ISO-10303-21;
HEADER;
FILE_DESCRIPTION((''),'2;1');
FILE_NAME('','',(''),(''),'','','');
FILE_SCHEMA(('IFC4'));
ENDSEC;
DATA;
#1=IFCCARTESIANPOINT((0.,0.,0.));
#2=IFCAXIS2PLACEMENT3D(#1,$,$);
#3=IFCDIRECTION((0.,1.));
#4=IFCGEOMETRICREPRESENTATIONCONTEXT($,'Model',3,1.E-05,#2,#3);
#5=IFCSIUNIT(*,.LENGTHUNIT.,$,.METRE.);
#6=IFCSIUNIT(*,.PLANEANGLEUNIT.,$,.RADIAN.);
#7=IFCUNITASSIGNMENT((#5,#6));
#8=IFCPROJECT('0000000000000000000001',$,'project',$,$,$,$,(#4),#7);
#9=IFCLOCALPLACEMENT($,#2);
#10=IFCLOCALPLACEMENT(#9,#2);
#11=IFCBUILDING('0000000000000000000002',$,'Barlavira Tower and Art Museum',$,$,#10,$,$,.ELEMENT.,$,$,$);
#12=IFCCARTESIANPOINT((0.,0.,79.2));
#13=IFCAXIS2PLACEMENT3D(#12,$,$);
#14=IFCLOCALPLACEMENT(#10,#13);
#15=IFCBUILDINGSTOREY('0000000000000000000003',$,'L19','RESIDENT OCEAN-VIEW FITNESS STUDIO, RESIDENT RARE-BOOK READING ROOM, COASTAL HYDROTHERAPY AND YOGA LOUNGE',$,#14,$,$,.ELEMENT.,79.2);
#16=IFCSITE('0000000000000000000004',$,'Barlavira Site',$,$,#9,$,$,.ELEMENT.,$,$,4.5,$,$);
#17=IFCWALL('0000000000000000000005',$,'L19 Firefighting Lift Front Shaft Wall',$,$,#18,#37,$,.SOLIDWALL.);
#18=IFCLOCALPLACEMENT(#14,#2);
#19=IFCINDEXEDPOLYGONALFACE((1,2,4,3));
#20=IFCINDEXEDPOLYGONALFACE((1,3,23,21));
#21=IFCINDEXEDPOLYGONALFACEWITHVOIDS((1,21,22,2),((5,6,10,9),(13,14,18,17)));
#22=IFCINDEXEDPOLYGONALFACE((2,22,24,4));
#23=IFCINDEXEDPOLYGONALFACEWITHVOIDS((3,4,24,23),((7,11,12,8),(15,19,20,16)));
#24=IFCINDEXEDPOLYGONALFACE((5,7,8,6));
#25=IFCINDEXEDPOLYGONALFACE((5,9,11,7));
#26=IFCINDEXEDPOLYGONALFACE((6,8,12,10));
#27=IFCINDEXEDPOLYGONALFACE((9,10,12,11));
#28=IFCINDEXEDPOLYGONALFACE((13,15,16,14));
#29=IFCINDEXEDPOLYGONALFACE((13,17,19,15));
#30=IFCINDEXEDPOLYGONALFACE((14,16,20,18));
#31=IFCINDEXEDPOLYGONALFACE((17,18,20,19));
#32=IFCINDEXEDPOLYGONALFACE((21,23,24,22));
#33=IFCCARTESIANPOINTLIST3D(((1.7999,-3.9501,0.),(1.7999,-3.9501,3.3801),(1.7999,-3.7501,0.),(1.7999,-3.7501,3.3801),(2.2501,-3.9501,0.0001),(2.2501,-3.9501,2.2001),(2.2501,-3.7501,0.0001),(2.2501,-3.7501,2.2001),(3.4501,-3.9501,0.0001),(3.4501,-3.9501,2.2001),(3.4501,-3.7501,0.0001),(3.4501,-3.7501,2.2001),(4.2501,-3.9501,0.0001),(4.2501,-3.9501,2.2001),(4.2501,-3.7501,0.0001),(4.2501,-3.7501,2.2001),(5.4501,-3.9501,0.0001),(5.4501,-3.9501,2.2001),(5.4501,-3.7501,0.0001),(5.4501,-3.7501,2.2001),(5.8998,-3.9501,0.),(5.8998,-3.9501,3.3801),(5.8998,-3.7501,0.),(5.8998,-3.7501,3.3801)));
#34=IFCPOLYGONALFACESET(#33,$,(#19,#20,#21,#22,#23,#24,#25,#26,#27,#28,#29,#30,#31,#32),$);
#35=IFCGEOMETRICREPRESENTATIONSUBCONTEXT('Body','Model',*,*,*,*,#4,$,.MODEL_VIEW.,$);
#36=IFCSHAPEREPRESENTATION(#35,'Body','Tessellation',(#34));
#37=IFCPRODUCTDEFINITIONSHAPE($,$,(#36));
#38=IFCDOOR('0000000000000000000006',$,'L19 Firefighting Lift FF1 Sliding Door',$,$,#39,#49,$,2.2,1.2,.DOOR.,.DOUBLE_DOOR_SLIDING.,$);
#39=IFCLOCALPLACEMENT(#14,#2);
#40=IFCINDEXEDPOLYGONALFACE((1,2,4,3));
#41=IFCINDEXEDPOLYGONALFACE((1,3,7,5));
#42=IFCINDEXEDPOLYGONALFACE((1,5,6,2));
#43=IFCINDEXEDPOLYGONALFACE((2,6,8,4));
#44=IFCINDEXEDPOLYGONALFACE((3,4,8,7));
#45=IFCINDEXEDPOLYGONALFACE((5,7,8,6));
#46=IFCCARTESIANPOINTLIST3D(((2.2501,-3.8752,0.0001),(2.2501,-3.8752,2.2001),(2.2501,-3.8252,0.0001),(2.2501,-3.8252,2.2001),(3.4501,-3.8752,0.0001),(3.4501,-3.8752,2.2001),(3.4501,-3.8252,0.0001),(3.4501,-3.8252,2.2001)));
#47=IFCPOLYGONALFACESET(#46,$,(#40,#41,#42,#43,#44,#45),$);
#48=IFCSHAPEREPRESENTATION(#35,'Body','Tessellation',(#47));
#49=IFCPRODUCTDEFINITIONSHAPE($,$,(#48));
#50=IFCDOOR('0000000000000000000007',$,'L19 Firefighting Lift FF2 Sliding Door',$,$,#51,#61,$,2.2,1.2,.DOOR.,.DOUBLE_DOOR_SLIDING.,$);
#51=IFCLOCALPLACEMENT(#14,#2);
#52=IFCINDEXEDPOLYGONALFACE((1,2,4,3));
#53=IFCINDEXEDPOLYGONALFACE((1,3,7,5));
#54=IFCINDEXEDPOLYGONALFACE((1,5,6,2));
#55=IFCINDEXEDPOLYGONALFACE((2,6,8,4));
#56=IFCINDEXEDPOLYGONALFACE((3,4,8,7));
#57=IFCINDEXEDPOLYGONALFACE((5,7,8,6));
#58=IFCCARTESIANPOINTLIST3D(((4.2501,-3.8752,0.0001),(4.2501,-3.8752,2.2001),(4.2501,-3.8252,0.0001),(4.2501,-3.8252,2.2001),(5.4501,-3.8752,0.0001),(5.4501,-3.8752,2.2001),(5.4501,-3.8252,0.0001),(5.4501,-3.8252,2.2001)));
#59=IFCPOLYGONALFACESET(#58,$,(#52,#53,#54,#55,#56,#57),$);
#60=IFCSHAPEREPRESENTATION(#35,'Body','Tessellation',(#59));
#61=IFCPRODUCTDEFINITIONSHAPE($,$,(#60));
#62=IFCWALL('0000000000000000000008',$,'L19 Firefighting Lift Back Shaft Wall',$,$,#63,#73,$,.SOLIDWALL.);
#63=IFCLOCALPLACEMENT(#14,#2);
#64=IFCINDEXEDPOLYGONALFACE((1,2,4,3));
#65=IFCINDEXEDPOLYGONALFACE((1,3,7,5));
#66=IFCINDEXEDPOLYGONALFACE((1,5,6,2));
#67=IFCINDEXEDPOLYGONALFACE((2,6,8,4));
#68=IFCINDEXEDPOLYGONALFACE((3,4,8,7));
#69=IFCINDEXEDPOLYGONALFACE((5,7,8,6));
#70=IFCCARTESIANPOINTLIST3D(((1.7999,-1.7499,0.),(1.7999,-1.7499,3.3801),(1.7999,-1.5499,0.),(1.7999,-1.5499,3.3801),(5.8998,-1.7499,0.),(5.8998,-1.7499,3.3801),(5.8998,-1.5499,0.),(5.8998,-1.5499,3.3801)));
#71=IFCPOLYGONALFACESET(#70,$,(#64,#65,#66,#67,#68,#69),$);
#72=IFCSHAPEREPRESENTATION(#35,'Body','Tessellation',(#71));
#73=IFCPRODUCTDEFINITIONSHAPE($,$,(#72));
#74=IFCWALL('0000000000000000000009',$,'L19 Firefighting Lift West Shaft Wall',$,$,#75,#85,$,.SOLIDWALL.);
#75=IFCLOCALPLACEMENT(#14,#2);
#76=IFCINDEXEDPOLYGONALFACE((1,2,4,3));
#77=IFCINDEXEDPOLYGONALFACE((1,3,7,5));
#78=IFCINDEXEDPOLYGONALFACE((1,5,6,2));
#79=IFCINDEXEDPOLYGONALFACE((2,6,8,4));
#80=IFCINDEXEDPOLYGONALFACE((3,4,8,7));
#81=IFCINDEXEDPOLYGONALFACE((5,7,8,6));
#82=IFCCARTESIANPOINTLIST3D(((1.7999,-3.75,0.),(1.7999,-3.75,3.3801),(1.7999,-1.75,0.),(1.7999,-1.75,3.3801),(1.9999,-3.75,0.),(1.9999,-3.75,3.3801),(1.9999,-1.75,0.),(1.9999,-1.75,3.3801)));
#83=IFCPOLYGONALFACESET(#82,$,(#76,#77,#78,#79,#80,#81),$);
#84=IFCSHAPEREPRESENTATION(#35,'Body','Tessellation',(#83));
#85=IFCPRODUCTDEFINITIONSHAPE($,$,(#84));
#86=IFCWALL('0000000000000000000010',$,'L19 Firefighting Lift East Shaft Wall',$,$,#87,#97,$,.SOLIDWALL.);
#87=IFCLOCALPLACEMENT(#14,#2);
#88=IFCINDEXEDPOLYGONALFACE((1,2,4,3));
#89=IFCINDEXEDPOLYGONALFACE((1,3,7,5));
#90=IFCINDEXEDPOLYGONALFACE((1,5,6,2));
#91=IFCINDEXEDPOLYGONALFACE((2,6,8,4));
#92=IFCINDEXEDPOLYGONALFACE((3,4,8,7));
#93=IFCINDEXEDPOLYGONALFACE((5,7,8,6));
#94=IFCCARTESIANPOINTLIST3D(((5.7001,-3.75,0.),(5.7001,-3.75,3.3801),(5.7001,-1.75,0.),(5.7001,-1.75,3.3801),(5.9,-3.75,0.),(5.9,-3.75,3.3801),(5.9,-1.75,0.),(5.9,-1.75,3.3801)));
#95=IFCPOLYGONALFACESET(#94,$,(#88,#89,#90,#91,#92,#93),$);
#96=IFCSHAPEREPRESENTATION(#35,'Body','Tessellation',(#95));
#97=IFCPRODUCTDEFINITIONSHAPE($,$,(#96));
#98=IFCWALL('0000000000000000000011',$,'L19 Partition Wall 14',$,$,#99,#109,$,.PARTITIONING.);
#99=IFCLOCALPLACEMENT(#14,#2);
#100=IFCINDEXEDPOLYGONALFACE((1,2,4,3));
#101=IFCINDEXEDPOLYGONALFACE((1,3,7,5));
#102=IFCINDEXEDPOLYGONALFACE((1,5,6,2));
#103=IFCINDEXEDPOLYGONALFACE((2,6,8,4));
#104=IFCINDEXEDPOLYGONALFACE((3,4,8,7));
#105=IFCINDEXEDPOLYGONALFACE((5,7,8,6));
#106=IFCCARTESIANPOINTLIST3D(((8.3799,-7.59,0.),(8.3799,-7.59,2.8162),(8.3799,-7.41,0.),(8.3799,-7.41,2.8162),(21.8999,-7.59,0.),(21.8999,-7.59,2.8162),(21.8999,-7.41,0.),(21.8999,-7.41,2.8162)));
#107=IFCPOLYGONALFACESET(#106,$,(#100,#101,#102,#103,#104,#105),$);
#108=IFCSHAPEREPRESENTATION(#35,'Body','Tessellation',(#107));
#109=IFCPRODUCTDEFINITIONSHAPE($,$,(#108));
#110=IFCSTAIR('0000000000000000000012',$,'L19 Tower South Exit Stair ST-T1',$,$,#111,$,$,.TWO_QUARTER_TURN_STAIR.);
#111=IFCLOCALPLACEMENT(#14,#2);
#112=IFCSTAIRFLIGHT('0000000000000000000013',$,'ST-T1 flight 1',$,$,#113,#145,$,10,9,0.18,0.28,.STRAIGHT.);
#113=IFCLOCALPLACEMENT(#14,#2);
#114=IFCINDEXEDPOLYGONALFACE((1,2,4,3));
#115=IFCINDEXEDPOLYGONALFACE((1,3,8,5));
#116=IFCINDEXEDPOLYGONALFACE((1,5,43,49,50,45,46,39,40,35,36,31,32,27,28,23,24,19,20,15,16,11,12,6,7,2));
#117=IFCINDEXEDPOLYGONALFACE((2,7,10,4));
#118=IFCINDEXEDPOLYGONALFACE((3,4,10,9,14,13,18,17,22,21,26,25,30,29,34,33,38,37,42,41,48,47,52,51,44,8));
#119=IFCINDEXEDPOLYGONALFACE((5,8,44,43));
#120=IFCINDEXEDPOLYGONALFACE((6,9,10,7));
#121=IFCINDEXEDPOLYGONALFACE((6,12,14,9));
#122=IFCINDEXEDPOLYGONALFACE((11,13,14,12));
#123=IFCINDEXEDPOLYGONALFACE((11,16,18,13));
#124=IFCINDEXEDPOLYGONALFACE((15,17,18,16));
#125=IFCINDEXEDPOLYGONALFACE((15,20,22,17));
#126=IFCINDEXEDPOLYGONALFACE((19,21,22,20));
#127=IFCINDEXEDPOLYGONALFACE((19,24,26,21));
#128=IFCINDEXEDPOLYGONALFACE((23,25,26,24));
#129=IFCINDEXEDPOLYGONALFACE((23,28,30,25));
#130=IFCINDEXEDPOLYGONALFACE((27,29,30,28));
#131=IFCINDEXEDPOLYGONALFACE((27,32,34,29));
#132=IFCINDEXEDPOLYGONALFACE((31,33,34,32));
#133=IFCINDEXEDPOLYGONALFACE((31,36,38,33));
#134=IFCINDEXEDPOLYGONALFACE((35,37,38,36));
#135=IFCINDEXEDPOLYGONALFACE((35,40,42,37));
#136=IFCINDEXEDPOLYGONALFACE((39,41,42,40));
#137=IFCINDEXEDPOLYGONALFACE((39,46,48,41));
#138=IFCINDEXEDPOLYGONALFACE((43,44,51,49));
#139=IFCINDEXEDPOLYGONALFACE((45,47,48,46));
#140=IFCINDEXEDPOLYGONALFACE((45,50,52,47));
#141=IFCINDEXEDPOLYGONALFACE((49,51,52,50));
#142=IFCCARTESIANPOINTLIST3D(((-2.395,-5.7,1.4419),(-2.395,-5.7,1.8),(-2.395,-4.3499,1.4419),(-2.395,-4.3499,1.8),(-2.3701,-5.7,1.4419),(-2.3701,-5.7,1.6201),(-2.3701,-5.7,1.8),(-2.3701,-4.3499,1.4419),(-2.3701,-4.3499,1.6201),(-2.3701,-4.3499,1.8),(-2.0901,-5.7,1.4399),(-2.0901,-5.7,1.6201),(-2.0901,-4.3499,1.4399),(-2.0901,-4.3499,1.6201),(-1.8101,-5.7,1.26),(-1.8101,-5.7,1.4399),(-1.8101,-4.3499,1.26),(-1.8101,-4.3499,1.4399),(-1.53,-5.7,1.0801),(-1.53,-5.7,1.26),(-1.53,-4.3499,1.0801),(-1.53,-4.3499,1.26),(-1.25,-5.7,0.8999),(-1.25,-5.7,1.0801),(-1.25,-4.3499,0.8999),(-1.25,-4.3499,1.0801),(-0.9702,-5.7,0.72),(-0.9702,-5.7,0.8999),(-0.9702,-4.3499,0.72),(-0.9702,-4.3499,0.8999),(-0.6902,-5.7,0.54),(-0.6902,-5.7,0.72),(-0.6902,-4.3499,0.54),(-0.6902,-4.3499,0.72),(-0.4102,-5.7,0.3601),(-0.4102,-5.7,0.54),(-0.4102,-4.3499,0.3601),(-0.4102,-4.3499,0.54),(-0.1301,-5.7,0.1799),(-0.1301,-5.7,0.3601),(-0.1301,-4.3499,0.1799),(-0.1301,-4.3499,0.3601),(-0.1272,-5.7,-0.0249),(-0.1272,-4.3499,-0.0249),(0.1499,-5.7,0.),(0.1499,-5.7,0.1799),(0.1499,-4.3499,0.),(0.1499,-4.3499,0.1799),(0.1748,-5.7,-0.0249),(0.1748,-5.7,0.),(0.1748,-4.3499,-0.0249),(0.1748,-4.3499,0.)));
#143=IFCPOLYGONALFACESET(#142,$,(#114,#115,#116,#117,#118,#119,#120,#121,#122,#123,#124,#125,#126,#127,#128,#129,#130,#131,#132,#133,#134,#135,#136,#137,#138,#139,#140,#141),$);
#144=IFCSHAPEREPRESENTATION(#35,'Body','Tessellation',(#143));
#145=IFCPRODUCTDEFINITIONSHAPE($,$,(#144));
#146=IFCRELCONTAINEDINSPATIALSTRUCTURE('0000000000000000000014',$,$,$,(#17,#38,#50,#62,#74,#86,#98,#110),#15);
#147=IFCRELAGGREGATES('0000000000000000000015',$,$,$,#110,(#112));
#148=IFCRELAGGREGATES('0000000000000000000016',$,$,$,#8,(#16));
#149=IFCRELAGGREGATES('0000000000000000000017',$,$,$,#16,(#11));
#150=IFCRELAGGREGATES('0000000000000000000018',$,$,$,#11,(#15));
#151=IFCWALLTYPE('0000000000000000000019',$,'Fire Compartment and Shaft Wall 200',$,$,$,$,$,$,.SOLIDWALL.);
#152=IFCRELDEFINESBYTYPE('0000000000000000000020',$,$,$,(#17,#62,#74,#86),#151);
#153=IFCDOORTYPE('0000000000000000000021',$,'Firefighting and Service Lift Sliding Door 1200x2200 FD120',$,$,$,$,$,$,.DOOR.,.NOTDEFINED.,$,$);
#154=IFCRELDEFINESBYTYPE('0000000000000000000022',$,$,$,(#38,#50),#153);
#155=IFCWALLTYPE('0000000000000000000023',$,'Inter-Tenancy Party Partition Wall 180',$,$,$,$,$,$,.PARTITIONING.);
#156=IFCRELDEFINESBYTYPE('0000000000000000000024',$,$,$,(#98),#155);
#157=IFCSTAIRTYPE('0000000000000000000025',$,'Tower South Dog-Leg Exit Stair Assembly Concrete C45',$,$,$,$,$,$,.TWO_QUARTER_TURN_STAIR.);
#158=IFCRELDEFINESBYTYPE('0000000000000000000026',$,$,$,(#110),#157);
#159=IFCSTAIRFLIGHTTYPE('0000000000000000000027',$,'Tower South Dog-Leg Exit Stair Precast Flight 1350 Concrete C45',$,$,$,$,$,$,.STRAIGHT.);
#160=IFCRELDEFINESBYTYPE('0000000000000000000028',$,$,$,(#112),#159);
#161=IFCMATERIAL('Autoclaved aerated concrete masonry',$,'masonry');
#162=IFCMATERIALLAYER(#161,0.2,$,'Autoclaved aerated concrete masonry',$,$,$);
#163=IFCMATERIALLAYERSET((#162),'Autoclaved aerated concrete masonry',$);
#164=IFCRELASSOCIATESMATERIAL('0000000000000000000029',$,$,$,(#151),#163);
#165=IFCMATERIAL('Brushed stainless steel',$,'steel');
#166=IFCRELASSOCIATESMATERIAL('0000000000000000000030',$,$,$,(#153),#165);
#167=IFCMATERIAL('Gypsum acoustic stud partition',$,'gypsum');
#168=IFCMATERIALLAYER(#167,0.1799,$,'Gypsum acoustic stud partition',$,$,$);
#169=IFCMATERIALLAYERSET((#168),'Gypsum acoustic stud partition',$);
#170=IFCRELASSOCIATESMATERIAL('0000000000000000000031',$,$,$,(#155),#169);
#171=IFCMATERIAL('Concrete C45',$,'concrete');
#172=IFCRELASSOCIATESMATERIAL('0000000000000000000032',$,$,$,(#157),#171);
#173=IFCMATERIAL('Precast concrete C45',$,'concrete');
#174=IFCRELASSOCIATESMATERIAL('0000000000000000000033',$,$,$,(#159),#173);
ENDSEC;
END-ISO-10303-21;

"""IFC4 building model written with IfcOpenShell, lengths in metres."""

from ifc_helpers import new_model, si_unit, direction, frame, frame_2d, origin, place, context, subcontext, project, spatial, polyline, rectangle, outline, extrude, material, layer, layer_set, type_object, element, fill, aggregate, save


model = new_model("IFC4")

# Units and contexts
model_context = context("Model", 3, precision=1e-05, world=origin(), true_north=direction((0.0, 1.0)))
body_context = subcontext(model_context, "Body", "Model", "MODEL_VIEW")
ifc_project = project(units=[si_unit("LENGTHUNIT", "METRE"), si_unit("PLANEANGLEUNIT", "RADIAN")], contexts=[model_context])

# Site, building, storey
site_placement = place(None, origin())
site = spatial("IfcSite", under=ifc_project, at=site_placement, Name="Barlavira Site", CompositionType="ELEMENT", RefElevation=4.5)
building_placement = place(site_placement, origin())
building = spatial("IfcBuilding", under=site, at=building_placement, Name="Barlavira Tower and Art Museum", CompositionType="ELEMENT")
storey_placement = place(building_placement, frame((0.0, 0.0, 79.2)))
storey = spatial("IfcBuildingStorey", under=building, at=storey_placement, Name="L19", Description="RESIDENT OCEAN-VIEW FITNESS STUDIO, RESIDENT RARE-BOOK READING ROOM, COASTAL HYDROTHERAPY AND YOGA LOUNGE", CompositionType="ELEMENT", Elevation=79.2)

# Shared definitions
ifc_material_1 = material(Name="Brushed stainless steel", Category="steel")

# Shared definitions
ifc_material_2 = material(Name="Autoclaved aerated concrete masonry", Category="masonry")
ifc_layer_1 = layer(ifc_material_2, 0.2, Name="Autoclaved aerated concrete masonry")
ifc_layer_set_1 = layer_set([ifc_layer_1], Name="Autoclaved aerated concrete masonry")
wall_type_1 = type_object("IfcWallType", Name="Fire Compartment and Shaft Wall 200", PredefinedType="SOLIDWALL", material=ifc_layer_set_1)

# Wall, openings, doors
wall_1_placement = place(storey_placement, frame((1.8, -3.8501, 0.0), z_axis=(0.0, 0.0, 1.0), x_axis=(1.0, 0.0, 0.0)))
wall_1 = element("IfcWall", 1, at=wall_1_placement, inside=storey, type_object=wall_type_1, Name="L19 Firefighting Lift Front Shaft Wall", PredefinedType="SOLIDWALL", context=body_context, shape_type="SweptSolid", body=[
    extrude(rectangle(XDim=4.0999, YDim=0.2, at=frame_2d((2.0498, 0.0))), origin(), (0.0, 0.0, 1.0), 3.3801),
])
opening_1_placement = place(wall_1_placement, frame((0.45, 0.0, 0.0)))
opening_1 = element("IfcOpeningElement", 2, at=opening_1_placement, cuts=wall_1, PredefinedType="OPENING", context=body_context, shape_type="SweptSolid", body=[
    extrude(rectangle(XDim=1.2, YDim=2.2, at=frame_2d((0.6001, 1.1001))), frame((0.0, 0.1099, 0.0), z_axis=(0.0, -1.0, 0.0), x_axis=(1.0, 0.0, 0.0)), (0.0, 0.0, 1.0), 0.22),
])
opening_2_placement = place(wall_1_placement, frame((2.45, 0.0, 0.0)))
opening_2 = element("IfcOpeningElement", 3, at=opening_2_placement, cuts=wall_1, PredefinedType="OPENING", context=body_context, shape_type="SweptSolid", body=[
    extrude(rectangle(XDim=1.2, YDim=2.2, at=frame_2d((0.6001, 1.1001))), frame((0.0, 0.1099, 0.0), z_axis=(0.0, -1.0, 0.0), x_axis=(1.0, 0.0, 0.0)), (0.0, 0.0, 1.0), 0.22),
])
door_type_1 = type_object("IfcDoorType", Name="Firefighting and Service Lift Sliding Door 1200x2200 FD120", OperationType="NOTDEFINED", PredefinedType="DOOR", material=ifc_material_1)
door_1_placement = place(opening_1_placement, origin())
door_1 = element("IfcDoor", 4, at=door_1_placement, inside=storey, type_object=door_type_1, Name="L19 Firefighting Lift FF1 Sliding Door", OperationType="DOUBLE_DOOR_SLIDING", OverallHeight=2.2, OverallWidth=1.2, PredefinedType="DOOR", context=body_context, shape_type="SweptSolid", body=[
    extrude(rectangle(XDim=1.2, YDim=2.2, at=frame_2d((0.6001, 1.1001))), frame((0.0, 0.0249, 0.0), z_axis=(0.0, -1.0, 0.0), x_axis=(1.0, 0.0, 0.0)), (0.0, 0.0, 1.0), 0.05),
])
fill(opening_1, door_1)
door_2_placement = place(opening_2_placement, origin())
door_2 = element("IfcDoor", 5, at=door_2_placement, inside=storey, type_object=door_type_1, Name="L19 Firefighting Lift FF2 Sliding Door", OperationType="DOUBLE_DOOR_SLIDING", OverallHeight=2.2, OverallWidth=1.2, PredefinedType="DOOR", context=body_context, shape_type="SweptSolid", body=[
    extrude(rectangle(XDim=1.2, YDim=2.2, at=frame_2d((0.6001, 1.1001))), frame((0.0, 0.0249, 0.0), z_axis=(0.0, -1.0, 0.0), x_axis=(1.0, 0.0, 0.0)), (0.0, 0.0, 1.0), 0.05),
])
fill(opening_2, door_2)

# Walls
wall_2_placement = place(storey_placement, frame((1.8, -1.6499, 0.0), z_axis=(0.0, 0.0, 1.0), x_axis=(1.0, 0.0, 0.0)))
element("IfcWall", 6, at=wall_2_placement, inside=storey, type_object=wall_type_1, Name="L19 Firefighting Lift Back Shaft Wall", PredefinedType="SOLIDWALL", context=body_context, shape_type="SweptSolid", body=[
    extrude(rectangle(XDim=4.0999, YDim=0.2, at=frame_2d((2.0498, 0.0))), origin(), (0.0, 0.0, 1.0), 3.3801),
])
for number, where, z_axis, x_axis, name in (
    (7, (1.8999, -3.75, 0.0), (0.0, 0.0, 1.0), (0.0, 1.0, 0.0), "L19 Firefighting Lift West Shaft Wall"),
    (8, (5.8, -3.75, 0.0), (0.0, 0.0, 1.0), (0.0, 1.0, 0.0), "L19 Firefighting Lift East Shaft Wall"),
):
    element("IfcWall", number, at=place(storey_placement, frame(where, z_axis=z_axis, x_axis=x_axis)), inside=storey, type_object=wall_type_1, Name=name, PredefinedType="SOLIDWALL", context=body_context, shape_type="SweptSolid", body=[
        extrude(rectangle(XDim=2.0, YDim=0.2, at=frame_2d((1.0, 0.0))), origin(), (0.0, 0.0, 1.0), 3.3801),
    ])

# Shared definitions
ifc_material_3 = material(Name="Gypsum acoustic stud partition", Category="gypsum")
ifc_layer_2 = layer(ifc_material_3, 0.1799, Name="Gypsum acoustic stud partition")
ifc_layer_set_2 = layer_set([ifc_layer_2], Name="Gypsum acoustic stud partition")
wall_type_2 = type_object("IfcWallType", Name="Inter-Tenancy Party Partition Wall 180", PredefinedType="PARTITIONING", material=ifc_layer_set_2)

# Wall
wall_3_placement = place(storey_placement, frame((8.3799, -7.5, 0.0), z_axis=(0.0, 0.0, 1.0), x_axis=(1.0, 0.0, 0.0)))
element("IfcWall", 9, at=wall_3_placement, inside=storey, type_object=wall_type_2, Name="L19 Partition Wall 14", PredefinedType="PARTITIONING", context=body_context, shape_type="SweptSolid", body=[
    extrude(rectangle(XDim=13.52, YDim=0.1799, at=frame_2d((6.76, 0.0))), origin(), (0.0, 0.0, 1.0), 2.8162),
])

# Stair, stair flight
ifc_material_4 = material(Name="Concrete C45", Category="concrete")
stair_type = type_object("IfcStairType", Name="Tower South Dog-Leg Exit Stair Assembly Concrete C45", PredefinedType="TWO_QUARTER_TURN_STAIR", material=ifc_material_4)
stair_placement = place(storey_placement, origin())
stair = element("IfcStair", 10, at=stair_placement, inside=storey, type_object=stair_type, Name="L19 Tower South Exit Stair ST-T1", PredefinedType="TWO_QUARTER_TURN_STAIR")
ifc_material_5 = material(Name="Precast concrete C45", Category="concrete")
stair_flight_type = type_object("IfcStairFlightType", Name="Tower South Dog-Leg Exit Stair Precast Flight 1350 Concrete C45", PredefinedType="STRAIGHT", material=ifc_material_5)
stair_flight_placement = place(storey_placement, frame((0.1499, -5.0249, 0.0), z_axis=(0.0, 0.0, 1.0), x_axis=(-1.0, 0.0, 0.0)))
stair_flight = element("IfcStairFlight", 11, at=stair_flight_placement, type_object=stair_flight_type, Name="ST-T1 flight 1", NumberOfRisers=10, NumberOfTreads=9, PredefinedType="STRAIGHT", RiserHeight=0.18, TreadLength=0.28, context=body_context, shape_type="SweptSolid", body=[
    extrude(outline(polyline([(-0.0249, 0.0), (0.0, 0.0), (0.0, 0.1799), (0.28, 0.1799), (0.28, 0.3601), (0.5601, 0.3601), (0.5601, 0.54), (0.8401, 0.54), (0.8401, 0.72), (1.1201, 0.72), (1.1201, 0.8999), (1.3999, 0.8999), (1.3999, 1.0801), (1.6799, 1.0801), (1.6799, 1.26), (1.96, 1.26), (1.96, 1.4399), (2.24, 1.4399), (2.24, 1.6201), (2.52, 1.6201), (2.52, 1.8), (2.5449, 1.8), (2.5449, 1.4419), (2.52, 1.4419), (0.2771, -0.0249), (-0.0249, -0.0249), (-0.0249, 0.0)])), frame((0.0, 0.675, 0.0), z_axis=(0.0, -1.0, 0.0), x_axis=(1.0, 0.0, 0.0)), (0.0, 0.0, 1.0), 1.3501),
])
aggregate(stair, [stair_flight])

save(model, "model.ifc")
